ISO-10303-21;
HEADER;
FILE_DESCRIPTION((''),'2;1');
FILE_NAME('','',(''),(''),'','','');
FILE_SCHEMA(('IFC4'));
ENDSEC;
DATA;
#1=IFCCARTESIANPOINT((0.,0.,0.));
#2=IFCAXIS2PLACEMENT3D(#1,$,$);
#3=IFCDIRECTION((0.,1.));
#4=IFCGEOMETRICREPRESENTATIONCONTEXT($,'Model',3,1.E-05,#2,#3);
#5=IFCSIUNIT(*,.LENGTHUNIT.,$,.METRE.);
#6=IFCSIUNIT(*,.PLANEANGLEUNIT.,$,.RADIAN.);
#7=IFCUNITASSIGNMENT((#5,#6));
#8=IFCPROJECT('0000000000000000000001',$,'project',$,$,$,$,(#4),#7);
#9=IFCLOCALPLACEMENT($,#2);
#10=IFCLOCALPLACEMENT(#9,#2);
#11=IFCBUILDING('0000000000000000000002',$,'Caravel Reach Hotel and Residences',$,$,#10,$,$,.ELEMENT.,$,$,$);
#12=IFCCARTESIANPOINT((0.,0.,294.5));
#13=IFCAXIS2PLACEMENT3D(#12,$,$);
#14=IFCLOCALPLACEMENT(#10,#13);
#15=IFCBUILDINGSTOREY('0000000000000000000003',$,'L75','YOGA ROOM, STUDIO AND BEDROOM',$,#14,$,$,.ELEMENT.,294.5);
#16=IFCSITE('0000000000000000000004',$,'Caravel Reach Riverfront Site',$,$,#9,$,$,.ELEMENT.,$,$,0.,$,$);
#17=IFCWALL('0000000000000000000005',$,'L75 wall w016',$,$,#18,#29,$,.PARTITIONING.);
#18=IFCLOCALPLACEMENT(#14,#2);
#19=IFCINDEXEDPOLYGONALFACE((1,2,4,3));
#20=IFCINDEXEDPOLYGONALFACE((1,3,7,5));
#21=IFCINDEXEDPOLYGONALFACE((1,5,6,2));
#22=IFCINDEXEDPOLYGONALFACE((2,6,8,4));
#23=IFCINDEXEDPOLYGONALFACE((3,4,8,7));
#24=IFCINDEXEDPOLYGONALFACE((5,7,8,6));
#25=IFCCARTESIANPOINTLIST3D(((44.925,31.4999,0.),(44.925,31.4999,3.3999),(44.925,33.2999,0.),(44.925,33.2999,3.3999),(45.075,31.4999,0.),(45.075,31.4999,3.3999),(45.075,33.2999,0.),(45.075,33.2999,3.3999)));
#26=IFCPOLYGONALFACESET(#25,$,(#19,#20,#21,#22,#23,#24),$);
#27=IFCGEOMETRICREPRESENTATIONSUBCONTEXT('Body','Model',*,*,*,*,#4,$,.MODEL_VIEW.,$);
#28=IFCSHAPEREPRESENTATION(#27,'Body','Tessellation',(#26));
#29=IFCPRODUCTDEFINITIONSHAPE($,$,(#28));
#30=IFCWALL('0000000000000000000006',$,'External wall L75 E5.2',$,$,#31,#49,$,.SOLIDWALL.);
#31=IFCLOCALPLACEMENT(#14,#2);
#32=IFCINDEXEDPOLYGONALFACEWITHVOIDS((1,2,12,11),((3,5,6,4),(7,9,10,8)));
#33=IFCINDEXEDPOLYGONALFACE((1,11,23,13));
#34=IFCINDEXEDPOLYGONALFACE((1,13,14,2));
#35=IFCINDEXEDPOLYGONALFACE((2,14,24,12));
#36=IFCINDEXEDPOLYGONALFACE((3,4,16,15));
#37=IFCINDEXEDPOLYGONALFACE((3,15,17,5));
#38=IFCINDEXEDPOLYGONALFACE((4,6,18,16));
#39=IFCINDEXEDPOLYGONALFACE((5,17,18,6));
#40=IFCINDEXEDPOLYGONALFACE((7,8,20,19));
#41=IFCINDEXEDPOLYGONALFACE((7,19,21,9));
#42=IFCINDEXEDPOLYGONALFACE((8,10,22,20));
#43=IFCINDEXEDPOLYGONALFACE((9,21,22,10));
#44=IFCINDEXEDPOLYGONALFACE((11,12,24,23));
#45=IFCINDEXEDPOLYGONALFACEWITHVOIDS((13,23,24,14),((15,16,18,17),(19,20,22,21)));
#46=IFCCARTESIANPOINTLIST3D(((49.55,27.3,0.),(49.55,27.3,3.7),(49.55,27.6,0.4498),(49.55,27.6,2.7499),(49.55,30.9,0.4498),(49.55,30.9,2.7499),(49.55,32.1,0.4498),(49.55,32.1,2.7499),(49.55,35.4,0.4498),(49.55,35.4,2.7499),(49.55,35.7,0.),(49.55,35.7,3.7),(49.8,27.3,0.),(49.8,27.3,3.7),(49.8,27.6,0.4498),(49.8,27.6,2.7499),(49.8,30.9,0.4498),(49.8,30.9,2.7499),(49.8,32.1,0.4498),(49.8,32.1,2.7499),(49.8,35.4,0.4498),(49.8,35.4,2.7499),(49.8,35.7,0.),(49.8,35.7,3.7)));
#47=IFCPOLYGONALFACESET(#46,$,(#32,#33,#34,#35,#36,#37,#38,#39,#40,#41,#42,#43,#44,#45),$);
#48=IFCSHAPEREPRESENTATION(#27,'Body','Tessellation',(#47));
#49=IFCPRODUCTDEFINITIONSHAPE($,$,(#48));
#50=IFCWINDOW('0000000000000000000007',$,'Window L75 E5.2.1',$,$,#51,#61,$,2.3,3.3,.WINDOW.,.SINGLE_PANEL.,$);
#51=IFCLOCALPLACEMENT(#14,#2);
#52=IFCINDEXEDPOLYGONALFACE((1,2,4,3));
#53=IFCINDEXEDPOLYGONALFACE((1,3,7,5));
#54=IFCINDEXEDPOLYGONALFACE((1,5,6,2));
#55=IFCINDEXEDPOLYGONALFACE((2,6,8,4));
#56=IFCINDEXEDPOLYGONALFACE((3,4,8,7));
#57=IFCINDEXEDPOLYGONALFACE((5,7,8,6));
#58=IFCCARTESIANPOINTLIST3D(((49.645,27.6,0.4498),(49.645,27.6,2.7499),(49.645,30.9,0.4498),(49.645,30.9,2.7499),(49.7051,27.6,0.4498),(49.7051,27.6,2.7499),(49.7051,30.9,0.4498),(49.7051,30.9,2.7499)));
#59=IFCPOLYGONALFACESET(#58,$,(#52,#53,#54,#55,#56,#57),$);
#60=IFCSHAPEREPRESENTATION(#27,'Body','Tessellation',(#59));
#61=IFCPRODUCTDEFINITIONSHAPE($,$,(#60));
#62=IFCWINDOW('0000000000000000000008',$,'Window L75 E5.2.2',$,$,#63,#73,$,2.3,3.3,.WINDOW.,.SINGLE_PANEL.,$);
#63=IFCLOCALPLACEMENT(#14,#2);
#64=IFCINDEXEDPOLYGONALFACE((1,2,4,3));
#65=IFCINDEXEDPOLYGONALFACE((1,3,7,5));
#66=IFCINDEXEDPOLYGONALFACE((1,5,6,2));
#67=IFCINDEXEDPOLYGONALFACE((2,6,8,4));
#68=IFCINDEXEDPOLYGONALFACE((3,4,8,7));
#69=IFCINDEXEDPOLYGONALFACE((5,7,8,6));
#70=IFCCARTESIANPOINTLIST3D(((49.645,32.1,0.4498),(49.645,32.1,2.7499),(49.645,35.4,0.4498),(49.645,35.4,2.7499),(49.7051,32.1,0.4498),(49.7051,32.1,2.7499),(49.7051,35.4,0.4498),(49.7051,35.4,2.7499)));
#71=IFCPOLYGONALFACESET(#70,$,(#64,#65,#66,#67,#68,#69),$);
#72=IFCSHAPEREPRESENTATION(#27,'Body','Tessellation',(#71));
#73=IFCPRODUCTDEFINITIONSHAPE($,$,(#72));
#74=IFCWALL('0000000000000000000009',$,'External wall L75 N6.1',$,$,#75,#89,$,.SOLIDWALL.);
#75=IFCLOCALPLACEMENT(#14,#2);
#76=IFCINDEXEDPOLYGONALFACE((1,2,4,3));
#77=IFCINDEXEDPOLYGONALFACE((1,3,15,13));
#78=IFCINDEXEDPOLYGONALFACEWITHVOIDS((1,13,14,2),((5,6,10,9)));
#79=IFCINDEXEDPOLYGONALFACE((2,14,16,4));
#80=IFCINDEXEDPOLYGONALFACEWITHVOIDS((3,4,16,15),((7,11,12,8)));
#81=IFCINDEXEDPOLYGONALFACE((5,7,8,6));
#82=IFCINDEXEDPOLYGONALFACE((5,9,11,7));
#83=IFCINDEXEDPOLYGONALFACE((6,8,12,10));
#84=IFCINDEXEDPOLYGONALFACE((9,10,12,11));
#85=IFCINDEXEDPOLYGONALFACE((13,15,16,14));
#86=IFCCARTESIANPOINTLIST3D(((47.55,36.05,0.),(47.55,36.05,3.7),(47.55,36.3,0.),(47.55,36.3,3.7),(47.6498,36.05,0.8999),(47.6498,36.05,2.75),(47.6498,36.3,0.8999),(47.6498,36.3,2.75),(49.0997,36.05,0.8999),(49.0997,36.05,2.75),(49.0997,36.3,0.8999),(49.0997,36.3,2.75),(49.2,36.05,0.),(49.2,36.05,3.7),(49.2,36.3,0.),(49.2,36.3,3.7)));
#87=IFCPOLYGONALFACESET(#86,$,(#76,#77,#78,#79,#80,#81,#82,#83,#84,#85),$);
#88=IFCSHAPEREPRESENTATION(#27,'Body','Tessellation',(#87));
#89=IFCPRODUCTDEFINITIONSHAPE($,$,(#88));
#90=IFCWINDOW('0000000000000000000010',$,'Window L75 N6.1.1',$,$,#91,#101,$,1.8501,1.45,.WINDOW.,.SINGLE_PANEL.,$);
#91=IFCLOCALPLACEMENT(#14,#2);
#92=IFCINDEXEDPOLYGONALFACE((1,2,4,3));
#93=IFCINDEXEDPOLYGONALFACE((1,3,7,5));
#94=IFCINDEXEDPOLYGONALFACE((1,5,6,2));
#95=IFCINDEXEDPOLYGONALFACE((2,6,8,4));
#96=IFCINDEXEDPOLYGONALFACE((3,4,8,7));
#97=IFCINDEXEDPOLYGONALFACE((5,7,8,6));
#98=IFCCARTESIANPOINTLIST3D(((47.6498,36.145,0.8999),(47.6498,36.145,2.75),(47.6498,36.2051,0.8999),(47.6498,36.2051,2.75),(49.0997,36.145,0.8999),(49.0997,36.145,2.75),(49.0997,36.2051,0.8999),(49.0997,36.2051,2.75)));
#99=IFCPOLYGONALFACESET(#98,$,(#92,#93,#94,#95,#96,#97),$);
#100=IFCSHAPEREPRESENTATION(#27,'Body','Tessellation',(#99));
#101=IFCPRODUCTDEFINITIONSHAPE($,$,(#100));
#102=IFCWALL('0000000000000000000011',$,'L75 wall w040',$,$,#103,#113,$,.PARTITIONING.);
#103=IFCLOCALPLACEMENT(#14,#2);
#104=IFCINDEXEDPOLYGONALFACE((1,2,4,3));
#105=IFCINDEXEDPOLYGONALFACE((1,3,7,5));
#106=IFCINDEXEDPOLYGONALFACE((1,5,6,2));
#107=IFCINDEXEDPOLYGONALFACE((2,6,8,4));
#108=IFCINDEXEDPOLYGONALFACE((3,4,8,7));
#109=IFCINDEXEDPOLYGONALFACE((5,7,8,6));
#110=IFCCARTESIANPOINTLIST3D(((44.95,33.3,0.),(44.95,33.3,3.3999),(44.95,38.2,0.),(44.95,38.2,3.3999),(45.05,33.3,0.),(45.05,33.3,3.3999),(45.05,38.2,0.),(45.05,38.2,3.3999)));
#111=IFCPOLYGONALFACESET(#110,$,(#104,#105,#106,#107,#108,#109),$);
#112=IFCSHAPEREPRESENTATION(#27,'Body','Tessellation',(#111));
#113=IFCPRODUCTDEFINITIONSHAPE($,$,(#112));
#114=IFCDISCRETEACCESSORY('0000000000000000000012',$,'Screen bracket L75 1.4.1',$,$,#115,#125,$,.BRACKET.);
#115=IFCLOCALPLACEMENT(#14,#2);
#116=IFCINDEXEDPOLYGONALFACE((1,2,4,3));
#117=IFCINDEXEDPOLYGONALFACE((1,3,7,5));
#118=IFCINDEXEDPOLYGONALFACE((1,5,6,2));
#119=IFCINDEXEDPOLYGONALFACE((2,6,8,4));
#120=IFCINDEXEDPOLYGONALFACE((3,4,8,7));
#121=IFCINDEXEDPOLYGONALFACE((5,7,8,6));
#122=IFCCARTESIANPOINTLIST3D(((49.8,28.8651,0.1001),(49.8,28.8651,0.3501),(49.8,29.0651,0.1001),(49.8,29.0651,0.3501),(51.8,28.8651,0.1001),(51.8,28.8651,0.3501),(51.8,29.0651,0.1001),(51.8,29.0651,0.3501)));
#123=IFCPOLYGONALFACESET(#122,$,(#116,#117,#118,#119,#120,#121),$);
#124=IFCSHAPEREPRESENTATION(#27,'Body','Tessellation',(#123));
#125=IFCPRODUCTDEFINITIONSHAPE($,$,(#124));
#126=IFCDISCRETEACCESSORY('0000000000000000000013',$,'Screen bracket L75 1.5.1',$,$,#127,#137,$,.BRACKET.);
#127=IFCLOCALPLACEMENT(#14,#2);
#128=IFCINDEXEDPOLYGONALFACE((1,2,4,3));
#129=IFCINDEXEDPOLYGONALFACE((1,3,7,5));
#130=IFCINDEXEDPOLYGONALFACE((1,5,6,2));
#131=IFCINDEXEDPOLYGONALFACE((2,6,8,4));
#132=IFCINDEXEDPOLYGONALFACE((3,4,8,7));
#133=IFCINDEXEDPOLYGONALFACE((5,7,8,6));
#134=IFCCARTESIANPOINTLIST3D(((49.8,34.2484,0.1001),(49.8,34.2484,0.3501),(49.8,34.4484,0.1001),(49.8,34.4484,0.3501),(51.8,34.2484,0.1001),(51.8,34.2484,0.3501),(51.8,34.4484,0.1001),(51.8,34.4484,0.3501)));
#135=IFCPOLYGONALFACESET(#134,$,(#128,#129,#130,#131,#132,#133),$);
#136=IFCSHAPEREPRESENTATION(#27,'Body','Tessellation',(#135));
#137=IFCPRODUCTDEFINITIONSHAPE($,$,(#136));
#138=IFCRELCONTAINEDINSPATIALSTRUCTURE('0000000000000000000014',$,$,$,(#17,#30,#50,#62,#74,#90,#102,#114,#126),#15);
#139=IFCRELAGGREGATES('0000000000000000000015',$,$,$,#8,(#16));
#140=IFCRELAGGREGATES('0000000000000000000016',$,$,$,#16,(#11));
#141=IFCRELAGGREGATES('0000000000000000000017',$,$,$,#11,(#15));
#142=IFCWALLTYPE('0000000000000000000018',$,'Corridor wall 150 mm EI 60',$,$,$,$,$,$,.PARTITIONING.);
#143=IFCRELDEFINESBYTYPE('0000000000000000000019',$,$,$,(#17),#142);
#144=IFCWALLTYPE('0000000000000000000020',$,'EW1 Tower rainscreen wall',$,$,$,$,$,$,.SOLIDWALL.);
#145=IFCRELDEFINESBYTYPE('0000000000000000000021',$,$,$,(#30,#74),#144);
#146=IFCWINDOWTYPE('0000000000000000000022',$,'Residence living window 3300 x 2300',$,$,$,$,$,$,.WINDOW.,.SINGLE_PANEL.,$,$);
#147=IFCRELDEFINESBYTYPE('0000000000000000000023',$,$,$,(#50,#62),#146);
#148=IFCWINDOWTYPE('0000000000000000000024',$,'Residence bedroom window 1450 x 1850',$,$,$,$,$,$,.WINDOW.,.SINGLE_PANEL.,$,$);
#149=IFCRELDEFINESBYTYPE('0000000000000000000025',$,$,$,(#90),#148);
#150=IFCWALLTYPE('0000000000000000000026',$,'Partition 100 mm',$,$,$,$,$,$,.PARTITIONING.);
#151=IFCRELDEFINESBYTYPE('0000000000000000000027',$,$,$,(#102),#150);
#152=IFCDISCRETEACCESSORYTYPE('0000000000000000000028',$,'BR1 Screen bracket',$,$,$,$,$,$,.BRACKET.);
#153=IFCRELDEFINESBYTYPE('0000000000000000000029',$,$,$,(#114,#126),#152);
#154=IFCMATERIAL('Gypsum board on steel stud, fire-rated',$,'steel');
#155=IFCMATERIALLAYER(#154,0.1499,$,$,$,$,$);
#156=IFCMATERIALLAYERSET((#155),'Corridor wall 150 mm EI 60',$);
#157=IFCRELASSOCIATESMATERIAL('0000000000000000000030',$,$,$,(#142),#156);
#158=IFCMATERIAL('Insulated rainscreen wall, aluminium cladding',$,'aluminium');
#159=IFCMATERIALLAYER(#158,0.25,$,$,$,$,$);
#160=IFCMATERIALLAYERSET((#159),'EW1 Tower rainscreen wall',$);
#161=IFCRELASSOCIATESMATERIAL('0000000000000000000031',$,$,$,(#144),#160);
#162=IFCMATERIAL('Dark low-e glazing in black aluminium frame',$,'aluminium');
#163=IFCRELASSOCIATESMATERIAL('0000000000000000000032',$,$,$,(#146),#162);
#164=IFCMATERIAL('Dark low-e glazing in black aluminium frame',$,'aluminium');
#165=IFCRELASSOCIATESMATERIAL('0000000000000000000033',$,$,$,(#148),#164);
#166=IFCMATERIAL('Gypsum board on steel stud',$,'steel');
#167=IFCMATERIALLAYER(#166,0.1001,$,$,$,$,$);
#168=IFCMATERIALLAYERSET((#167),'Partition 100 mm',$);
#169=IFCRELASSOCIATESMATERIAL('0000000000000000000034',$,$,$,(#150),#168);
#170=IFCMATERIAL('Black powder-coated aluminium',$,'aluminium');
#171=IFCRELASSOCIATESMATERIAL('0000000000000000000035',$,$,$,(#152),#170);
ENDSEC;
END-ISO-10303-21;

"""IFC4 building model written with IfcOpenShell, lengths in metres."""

from ifc_helpers import new_model, si_unit, direction, frame, frame_2d, origin, origin_2d, place, context, subcontext, project, spatial, rectangle, extrude, material, layer, layer_set, type_object, element, fill, save


model = new_model("IFC4")

# Units and contexts
model_context = context("Model", 3, precision=1e-05, world=origin(), true_north=direction((0.0, 1.0)))
body_context = subcontext(model_context, "Body", "Model", "MODEL_VIEW")
ifc_project = project(units=[si_unit("LENGTHUNIT", "METRE"), si_unit("PLANEANGLEUNIT", "RADIAN")], contexts=[model_context])

# Site, building, storey
site_placement = place(None, origin())
site = spatial("IfcSite", under=ifc_project, at=site_placement, Name="Caravel Reach Riverfront Site", CompositionType="ELEMENT", RefElevation=0.0)
building_placement = place(site_placement, origin())
building = spatial("IfcBuilding", under=site, at=building_placement, Name="Caravel Reach Hotel and Residences", CompositionType="ELEMENT")
storey_placement = place(building_placement, frame((0.0, 0.0, 294.5)))
storey = spatial("IfcBuildingStorey", under=building, at=storey_placement, Name="L75", Description="YOGA ROOM, STUDIO AND BEDROOM", CompositionType="ELEMENT", Elevation=294.5)

# Wall
ifc_material_1 = material(Name="Gypsum board on steel stud, fire-rated", Category="steel")
ifc_layer_1 = layer(ifc_material_1, 0.1499)
ifc_layer_set_1 = layer_set([ifc_layer_1], Name="Corridor wall 150 mm EI 60")
wall_type_1 = type_object("IfcWallType", Name="Corridor wall 150 mm EI 60", PredefinedType="PARTITIONING", material=ifc_layer_set_1)
wall_1_placement = place(storey_placement, frame((45.0, 31.5, 0.0), z_axis=(0.0, 0.0, 1.0), x_axis=(0.0, 1.0, 0.0)))
element("IfcWall", 1, at=wall_1_placement, inside=storey, type_object=wall_type_1, Name="L75 wall w016", PredefinedType="PARTITIONING", context=body_context, shape_type="SweptSolid", body=[
    extrude(rectangle(XDim=1.8, YDim=0.1499, at=frame_2d((0.8999, 0.0))), origin(), (0.0, 0.0, 1.0), 3.3999),
])

# Wall, openings, windows
ifc_material_2 = material(Name="Insulated rainscreen wall, aluminium cladding", Category="aluminium")
ifc_layer_2 = layer(ifc_material_2, 0.25)
ifc_layer_set_2 = layer_set([ifc_layer_2], Name="EW1 Tower rainscreen wall")
wall_type_2 = type_object("IfcWallType", Name="EW1 Tower rainscreen wall", PredefinedType="SOLIDWALL", material=ifc_layer_set_2)
wall_2_placement = place(storey_placement, frame((49.675, 27.3, 0.0), z_axis=(0.0, 0.0, 1.0), x_axis=(0.0, 1.0, 0.0)))
wall_2 = element("IfcWall", 2, at=wall_2_placement, inside=storey, type_object=wall_type_2, Name="External wall L75 E5.2", PredefinedType="SOLIDWALL", context=body_context, shape_type="SweptSolid", body=[
    extrude(rectangle(XDim=8.3999, YDim=0.25, at=frame_2d((4.2, 0.0))), origin(), (0.0, 0.0, 1.0), 3.7),
])
opening_1_placement = place(wall_2_placement, frame((0.3, 0.0, 0.45)))
opening_1 = element("IfcOpeningElement", 3, at=opening_1_placement, cuts=wall_2, PredefinedType="OPENING", context=body_context, shape_type="SweptSolid", body=[
    extrude(rectangle(XDim=3.3, YDim=2.3, at=frame_2d((1.6499, 1.1499))), frame((0.0, 0.135, 0.0), z_axis=(0.0, -1.0, 0.0), x_axis=(1.0, 0.0, 0.0)), (0.0, 0.0, 1.0), 0.27),
])
opening_2_placement = place(wall_2_placement, frame((4.8, 0.0, 0.45)))
opening_2 = element("IfcOpeningElement", 4, at=opening_2_placement, cuts=wall_2, PredefinedType="OPENING", context=body_context, shape_type="SweptSolid", body=[
    extrude(rectangle(XDim=3.3, YDim=2.3, at=frame_2d((1.6499, 1.1499))), frame((0.0, 0.135, 0.0), z_axis=(0.0, -1.0, 0.0), x_axis=(1.0, 0.0, 0.0)), (0.0, 0.0, 1.0), 0.27),
])
ifc_material_3 = material(Name="Dark low-e glazing in black aluminium frame", Category="aluminium")
window_type_1 = type_object("IfcWindowType", Name="Residence living window 3300 x 2300", PartitioningType="SINGLE_PANEL", PredefinedType="WINDOW", material=ifc_material_3)
window_1_placement = place(opening_1_placement, origin())
window_1 = element("IfcWindow", 5, at=window_1_placement, inside=storey, type_object=window_type_1, Name="Window L75 E5.2.1", OverallHeight=2.3, OverallWidth=3.3, PartitioningType="SINGLE_PANEL", PredefinedType="WINDOW", context=body_context, shape_type="SweptSolid", body=[
    extrude(rectangle(XDim=3.3, YDim=2.3, at=frame_2d((1.6499, 1.1499))), frame((0.0, 0.03, 0.0), z_axis=(0.0, -1.0, 0.0), x_axis=(1.0, 0.0, 0.0)), (0.0, 0.0, 1.0), 0.0601),
])
fill(opening_1, window_1)
window_2_placement = place(opening_2_placement, origin())
window_2 = element("IfcWindow", 6, at=window_2_placement, inside=storey, type_object=window_type_1, Name="Window L75 E5.2.2", OverallHeight=2.3, OverallWidth=3.3, PartitioningType="SINGLE_PANEL", PredefinedType="WINDOW", context=body_context, shape_type="SweptSolid", body=[
    extrude(rectangle(XDim=3.3, YDim=2.3, at=frame_2d((1.6499, 1.1499))), frame((0.0, 0.03, 0.0), z_axis=(0.0, -1.0, 0.0), x_axis=(1.0, 0.0, 0.0)), (0.0, 0.0, 1.0), 0.0601),
])
fill(opening_2, window_2)

# Wall, opening, window
wall_3_placement = place(storey_placement, frame((49.2, 36.175, 0.0), z_axis=(0.0, 0.0, 1.0), x_axis=(-1.0, 0.0, 0.0)))
wall_3 = element("IfcWall", 7, at=wall_3_placement, inside=storey, type_object=wall_type_2, Name="External wall L75 N6.1", PredefinedType="SOLIDWALL", context=body_context, shape_type="SweptSolid", body=[
    extrude(rectangle(XDim=1.6499, YDim=0.25, at=frame_2d((0.825, 0.0))), origin(), (0.0, 0.0, 1.0), 3.7),
])
opening_3_placement = place(wall_3_placement, frame((0.1001, 0.0, 0.8999)))
opening_3 = element("IfcOpeningElement", 8, at=opening_3_placement, cuts=wall_3, PredefinedType="OPENING", context=body_context, shape_type="SweptSolid", body=[
    extrude(rectangle(XDim=1.45, YDim=1.8501, at=frame_2d((0.7251, 0.925))), frame((0.0, 0.135, 0.0), z_axis=(0.0, -1.0, 0.0), x_axis=(1.0, 0.0, 0.0)), (0.0, 0.0, 1.0), 0.27),
])
ifc_material_4 = material(Name="Dark low-e glazing in black aluminium frame", Category="aluminium")
window_type_2 = type_object("IfcWindowType", Name="Residence bedroom window 1450 x 1850", PartitioningType="SINGLE_PANEL", PredefinedType="WINDOW", material=ifc_material_4)
window_3_placement = place(opening_3_placement, origin())
window_3 = element("IfcWindow", 9, at=window_3_placement, inside=storey, type_object=window_type_2, Name="Window L75 N6.1.1", OverallHeight=1.8501, OverallWidth=1.45, PartitioningType="SINGLE_PANEL", PredefinedType="WINDOW", context=body_context, shape_type="SweptSolid", body=[
    extrude(rectangle(XDim=1.45, YDim=1.8501, at=frame_2d((0.7251, 0.925))), frame((0.0, 0.03, 0.0), z_axis=(0.0, -1.0, 0.0), x_axis=(1.0, 0.0, 0.0)), (0.0, 0.0, 1.0), 0.0601),
])
fill(opening_3, window_3)

# Wall
ifc_material_5 = material(Name="Gypsum board on steel stud", Category="steel")
ifc_layer_3 = layer(ifc_material_5, 0.1001)
ifc_layer_set_3 = layer_set([ifc_layer_3], Name="Partition 100 mm")
wall_type_3 = type_object("IfcWallType", Name="Partition 100 mm", PredefinedType="PARTITIONING", material=ifc_layer_set_3)
wall_4_placement = place(storey_placement, frame((45.0, 33.3, 0.0), z_axis=(0.0, 0.0, 1.0), x_axis=(0.0, 1.0, 0.0)))
element("IfcWall", 10, at=wall_4_placement, inside=storey, type_object=wall_type_3, Name="L75 wall w040", PredefinedType="PARTITIONING", context=body_context, shape_type="SweptSolid", body=[
    extrude(rectangle(XDim=4.8999, YDim=0.1001, at=frame_2d((2.45, 0.0))), origin(), (0.0, 0.0, 1.0), 3.3999),
])

# Discrete accessories
ifc_material_6 = material(Name="Black powder-coated aluminium", Category="aluminium")
discrete_accessory_type = type_object("IfcDiscreteAccessoryType", Name="BR1 Screen bracket", PredefinedType="BRACKET", material=ifc_material_6)
for number, where, z_axis, x_axis, name in (
    (11, (50.8, 28.9651, 0.1001), (0.0, 0.0, 1.0), (1.0, 0.0, 0.0), "Screen bracket L75 1.4.1"),
    (12, (50.8, 34.3484, 0.1001), (0.0, 0.0, 1.0), (1.0, 0.0, 0.0), "Screen bracket L75 1.5.1"),
):
    element("IfcDiscreteAccessory", number, at=place(storey_placement, frame(where, z_axis=z_axis, x_axis=x_axis)), inside=storey, type_object=discrete_accessory_type, Name=name, PredefinedType="BRACKET", context=body_context, shape_type="SweptSolid", body=[
        extrude(rectangle(XDim=2.0, YDim=0.2, at=origin_2d()), origin(), (0.0, 0.0, 1.0), 0.25),
    ])

save(model, "model.ifc")
